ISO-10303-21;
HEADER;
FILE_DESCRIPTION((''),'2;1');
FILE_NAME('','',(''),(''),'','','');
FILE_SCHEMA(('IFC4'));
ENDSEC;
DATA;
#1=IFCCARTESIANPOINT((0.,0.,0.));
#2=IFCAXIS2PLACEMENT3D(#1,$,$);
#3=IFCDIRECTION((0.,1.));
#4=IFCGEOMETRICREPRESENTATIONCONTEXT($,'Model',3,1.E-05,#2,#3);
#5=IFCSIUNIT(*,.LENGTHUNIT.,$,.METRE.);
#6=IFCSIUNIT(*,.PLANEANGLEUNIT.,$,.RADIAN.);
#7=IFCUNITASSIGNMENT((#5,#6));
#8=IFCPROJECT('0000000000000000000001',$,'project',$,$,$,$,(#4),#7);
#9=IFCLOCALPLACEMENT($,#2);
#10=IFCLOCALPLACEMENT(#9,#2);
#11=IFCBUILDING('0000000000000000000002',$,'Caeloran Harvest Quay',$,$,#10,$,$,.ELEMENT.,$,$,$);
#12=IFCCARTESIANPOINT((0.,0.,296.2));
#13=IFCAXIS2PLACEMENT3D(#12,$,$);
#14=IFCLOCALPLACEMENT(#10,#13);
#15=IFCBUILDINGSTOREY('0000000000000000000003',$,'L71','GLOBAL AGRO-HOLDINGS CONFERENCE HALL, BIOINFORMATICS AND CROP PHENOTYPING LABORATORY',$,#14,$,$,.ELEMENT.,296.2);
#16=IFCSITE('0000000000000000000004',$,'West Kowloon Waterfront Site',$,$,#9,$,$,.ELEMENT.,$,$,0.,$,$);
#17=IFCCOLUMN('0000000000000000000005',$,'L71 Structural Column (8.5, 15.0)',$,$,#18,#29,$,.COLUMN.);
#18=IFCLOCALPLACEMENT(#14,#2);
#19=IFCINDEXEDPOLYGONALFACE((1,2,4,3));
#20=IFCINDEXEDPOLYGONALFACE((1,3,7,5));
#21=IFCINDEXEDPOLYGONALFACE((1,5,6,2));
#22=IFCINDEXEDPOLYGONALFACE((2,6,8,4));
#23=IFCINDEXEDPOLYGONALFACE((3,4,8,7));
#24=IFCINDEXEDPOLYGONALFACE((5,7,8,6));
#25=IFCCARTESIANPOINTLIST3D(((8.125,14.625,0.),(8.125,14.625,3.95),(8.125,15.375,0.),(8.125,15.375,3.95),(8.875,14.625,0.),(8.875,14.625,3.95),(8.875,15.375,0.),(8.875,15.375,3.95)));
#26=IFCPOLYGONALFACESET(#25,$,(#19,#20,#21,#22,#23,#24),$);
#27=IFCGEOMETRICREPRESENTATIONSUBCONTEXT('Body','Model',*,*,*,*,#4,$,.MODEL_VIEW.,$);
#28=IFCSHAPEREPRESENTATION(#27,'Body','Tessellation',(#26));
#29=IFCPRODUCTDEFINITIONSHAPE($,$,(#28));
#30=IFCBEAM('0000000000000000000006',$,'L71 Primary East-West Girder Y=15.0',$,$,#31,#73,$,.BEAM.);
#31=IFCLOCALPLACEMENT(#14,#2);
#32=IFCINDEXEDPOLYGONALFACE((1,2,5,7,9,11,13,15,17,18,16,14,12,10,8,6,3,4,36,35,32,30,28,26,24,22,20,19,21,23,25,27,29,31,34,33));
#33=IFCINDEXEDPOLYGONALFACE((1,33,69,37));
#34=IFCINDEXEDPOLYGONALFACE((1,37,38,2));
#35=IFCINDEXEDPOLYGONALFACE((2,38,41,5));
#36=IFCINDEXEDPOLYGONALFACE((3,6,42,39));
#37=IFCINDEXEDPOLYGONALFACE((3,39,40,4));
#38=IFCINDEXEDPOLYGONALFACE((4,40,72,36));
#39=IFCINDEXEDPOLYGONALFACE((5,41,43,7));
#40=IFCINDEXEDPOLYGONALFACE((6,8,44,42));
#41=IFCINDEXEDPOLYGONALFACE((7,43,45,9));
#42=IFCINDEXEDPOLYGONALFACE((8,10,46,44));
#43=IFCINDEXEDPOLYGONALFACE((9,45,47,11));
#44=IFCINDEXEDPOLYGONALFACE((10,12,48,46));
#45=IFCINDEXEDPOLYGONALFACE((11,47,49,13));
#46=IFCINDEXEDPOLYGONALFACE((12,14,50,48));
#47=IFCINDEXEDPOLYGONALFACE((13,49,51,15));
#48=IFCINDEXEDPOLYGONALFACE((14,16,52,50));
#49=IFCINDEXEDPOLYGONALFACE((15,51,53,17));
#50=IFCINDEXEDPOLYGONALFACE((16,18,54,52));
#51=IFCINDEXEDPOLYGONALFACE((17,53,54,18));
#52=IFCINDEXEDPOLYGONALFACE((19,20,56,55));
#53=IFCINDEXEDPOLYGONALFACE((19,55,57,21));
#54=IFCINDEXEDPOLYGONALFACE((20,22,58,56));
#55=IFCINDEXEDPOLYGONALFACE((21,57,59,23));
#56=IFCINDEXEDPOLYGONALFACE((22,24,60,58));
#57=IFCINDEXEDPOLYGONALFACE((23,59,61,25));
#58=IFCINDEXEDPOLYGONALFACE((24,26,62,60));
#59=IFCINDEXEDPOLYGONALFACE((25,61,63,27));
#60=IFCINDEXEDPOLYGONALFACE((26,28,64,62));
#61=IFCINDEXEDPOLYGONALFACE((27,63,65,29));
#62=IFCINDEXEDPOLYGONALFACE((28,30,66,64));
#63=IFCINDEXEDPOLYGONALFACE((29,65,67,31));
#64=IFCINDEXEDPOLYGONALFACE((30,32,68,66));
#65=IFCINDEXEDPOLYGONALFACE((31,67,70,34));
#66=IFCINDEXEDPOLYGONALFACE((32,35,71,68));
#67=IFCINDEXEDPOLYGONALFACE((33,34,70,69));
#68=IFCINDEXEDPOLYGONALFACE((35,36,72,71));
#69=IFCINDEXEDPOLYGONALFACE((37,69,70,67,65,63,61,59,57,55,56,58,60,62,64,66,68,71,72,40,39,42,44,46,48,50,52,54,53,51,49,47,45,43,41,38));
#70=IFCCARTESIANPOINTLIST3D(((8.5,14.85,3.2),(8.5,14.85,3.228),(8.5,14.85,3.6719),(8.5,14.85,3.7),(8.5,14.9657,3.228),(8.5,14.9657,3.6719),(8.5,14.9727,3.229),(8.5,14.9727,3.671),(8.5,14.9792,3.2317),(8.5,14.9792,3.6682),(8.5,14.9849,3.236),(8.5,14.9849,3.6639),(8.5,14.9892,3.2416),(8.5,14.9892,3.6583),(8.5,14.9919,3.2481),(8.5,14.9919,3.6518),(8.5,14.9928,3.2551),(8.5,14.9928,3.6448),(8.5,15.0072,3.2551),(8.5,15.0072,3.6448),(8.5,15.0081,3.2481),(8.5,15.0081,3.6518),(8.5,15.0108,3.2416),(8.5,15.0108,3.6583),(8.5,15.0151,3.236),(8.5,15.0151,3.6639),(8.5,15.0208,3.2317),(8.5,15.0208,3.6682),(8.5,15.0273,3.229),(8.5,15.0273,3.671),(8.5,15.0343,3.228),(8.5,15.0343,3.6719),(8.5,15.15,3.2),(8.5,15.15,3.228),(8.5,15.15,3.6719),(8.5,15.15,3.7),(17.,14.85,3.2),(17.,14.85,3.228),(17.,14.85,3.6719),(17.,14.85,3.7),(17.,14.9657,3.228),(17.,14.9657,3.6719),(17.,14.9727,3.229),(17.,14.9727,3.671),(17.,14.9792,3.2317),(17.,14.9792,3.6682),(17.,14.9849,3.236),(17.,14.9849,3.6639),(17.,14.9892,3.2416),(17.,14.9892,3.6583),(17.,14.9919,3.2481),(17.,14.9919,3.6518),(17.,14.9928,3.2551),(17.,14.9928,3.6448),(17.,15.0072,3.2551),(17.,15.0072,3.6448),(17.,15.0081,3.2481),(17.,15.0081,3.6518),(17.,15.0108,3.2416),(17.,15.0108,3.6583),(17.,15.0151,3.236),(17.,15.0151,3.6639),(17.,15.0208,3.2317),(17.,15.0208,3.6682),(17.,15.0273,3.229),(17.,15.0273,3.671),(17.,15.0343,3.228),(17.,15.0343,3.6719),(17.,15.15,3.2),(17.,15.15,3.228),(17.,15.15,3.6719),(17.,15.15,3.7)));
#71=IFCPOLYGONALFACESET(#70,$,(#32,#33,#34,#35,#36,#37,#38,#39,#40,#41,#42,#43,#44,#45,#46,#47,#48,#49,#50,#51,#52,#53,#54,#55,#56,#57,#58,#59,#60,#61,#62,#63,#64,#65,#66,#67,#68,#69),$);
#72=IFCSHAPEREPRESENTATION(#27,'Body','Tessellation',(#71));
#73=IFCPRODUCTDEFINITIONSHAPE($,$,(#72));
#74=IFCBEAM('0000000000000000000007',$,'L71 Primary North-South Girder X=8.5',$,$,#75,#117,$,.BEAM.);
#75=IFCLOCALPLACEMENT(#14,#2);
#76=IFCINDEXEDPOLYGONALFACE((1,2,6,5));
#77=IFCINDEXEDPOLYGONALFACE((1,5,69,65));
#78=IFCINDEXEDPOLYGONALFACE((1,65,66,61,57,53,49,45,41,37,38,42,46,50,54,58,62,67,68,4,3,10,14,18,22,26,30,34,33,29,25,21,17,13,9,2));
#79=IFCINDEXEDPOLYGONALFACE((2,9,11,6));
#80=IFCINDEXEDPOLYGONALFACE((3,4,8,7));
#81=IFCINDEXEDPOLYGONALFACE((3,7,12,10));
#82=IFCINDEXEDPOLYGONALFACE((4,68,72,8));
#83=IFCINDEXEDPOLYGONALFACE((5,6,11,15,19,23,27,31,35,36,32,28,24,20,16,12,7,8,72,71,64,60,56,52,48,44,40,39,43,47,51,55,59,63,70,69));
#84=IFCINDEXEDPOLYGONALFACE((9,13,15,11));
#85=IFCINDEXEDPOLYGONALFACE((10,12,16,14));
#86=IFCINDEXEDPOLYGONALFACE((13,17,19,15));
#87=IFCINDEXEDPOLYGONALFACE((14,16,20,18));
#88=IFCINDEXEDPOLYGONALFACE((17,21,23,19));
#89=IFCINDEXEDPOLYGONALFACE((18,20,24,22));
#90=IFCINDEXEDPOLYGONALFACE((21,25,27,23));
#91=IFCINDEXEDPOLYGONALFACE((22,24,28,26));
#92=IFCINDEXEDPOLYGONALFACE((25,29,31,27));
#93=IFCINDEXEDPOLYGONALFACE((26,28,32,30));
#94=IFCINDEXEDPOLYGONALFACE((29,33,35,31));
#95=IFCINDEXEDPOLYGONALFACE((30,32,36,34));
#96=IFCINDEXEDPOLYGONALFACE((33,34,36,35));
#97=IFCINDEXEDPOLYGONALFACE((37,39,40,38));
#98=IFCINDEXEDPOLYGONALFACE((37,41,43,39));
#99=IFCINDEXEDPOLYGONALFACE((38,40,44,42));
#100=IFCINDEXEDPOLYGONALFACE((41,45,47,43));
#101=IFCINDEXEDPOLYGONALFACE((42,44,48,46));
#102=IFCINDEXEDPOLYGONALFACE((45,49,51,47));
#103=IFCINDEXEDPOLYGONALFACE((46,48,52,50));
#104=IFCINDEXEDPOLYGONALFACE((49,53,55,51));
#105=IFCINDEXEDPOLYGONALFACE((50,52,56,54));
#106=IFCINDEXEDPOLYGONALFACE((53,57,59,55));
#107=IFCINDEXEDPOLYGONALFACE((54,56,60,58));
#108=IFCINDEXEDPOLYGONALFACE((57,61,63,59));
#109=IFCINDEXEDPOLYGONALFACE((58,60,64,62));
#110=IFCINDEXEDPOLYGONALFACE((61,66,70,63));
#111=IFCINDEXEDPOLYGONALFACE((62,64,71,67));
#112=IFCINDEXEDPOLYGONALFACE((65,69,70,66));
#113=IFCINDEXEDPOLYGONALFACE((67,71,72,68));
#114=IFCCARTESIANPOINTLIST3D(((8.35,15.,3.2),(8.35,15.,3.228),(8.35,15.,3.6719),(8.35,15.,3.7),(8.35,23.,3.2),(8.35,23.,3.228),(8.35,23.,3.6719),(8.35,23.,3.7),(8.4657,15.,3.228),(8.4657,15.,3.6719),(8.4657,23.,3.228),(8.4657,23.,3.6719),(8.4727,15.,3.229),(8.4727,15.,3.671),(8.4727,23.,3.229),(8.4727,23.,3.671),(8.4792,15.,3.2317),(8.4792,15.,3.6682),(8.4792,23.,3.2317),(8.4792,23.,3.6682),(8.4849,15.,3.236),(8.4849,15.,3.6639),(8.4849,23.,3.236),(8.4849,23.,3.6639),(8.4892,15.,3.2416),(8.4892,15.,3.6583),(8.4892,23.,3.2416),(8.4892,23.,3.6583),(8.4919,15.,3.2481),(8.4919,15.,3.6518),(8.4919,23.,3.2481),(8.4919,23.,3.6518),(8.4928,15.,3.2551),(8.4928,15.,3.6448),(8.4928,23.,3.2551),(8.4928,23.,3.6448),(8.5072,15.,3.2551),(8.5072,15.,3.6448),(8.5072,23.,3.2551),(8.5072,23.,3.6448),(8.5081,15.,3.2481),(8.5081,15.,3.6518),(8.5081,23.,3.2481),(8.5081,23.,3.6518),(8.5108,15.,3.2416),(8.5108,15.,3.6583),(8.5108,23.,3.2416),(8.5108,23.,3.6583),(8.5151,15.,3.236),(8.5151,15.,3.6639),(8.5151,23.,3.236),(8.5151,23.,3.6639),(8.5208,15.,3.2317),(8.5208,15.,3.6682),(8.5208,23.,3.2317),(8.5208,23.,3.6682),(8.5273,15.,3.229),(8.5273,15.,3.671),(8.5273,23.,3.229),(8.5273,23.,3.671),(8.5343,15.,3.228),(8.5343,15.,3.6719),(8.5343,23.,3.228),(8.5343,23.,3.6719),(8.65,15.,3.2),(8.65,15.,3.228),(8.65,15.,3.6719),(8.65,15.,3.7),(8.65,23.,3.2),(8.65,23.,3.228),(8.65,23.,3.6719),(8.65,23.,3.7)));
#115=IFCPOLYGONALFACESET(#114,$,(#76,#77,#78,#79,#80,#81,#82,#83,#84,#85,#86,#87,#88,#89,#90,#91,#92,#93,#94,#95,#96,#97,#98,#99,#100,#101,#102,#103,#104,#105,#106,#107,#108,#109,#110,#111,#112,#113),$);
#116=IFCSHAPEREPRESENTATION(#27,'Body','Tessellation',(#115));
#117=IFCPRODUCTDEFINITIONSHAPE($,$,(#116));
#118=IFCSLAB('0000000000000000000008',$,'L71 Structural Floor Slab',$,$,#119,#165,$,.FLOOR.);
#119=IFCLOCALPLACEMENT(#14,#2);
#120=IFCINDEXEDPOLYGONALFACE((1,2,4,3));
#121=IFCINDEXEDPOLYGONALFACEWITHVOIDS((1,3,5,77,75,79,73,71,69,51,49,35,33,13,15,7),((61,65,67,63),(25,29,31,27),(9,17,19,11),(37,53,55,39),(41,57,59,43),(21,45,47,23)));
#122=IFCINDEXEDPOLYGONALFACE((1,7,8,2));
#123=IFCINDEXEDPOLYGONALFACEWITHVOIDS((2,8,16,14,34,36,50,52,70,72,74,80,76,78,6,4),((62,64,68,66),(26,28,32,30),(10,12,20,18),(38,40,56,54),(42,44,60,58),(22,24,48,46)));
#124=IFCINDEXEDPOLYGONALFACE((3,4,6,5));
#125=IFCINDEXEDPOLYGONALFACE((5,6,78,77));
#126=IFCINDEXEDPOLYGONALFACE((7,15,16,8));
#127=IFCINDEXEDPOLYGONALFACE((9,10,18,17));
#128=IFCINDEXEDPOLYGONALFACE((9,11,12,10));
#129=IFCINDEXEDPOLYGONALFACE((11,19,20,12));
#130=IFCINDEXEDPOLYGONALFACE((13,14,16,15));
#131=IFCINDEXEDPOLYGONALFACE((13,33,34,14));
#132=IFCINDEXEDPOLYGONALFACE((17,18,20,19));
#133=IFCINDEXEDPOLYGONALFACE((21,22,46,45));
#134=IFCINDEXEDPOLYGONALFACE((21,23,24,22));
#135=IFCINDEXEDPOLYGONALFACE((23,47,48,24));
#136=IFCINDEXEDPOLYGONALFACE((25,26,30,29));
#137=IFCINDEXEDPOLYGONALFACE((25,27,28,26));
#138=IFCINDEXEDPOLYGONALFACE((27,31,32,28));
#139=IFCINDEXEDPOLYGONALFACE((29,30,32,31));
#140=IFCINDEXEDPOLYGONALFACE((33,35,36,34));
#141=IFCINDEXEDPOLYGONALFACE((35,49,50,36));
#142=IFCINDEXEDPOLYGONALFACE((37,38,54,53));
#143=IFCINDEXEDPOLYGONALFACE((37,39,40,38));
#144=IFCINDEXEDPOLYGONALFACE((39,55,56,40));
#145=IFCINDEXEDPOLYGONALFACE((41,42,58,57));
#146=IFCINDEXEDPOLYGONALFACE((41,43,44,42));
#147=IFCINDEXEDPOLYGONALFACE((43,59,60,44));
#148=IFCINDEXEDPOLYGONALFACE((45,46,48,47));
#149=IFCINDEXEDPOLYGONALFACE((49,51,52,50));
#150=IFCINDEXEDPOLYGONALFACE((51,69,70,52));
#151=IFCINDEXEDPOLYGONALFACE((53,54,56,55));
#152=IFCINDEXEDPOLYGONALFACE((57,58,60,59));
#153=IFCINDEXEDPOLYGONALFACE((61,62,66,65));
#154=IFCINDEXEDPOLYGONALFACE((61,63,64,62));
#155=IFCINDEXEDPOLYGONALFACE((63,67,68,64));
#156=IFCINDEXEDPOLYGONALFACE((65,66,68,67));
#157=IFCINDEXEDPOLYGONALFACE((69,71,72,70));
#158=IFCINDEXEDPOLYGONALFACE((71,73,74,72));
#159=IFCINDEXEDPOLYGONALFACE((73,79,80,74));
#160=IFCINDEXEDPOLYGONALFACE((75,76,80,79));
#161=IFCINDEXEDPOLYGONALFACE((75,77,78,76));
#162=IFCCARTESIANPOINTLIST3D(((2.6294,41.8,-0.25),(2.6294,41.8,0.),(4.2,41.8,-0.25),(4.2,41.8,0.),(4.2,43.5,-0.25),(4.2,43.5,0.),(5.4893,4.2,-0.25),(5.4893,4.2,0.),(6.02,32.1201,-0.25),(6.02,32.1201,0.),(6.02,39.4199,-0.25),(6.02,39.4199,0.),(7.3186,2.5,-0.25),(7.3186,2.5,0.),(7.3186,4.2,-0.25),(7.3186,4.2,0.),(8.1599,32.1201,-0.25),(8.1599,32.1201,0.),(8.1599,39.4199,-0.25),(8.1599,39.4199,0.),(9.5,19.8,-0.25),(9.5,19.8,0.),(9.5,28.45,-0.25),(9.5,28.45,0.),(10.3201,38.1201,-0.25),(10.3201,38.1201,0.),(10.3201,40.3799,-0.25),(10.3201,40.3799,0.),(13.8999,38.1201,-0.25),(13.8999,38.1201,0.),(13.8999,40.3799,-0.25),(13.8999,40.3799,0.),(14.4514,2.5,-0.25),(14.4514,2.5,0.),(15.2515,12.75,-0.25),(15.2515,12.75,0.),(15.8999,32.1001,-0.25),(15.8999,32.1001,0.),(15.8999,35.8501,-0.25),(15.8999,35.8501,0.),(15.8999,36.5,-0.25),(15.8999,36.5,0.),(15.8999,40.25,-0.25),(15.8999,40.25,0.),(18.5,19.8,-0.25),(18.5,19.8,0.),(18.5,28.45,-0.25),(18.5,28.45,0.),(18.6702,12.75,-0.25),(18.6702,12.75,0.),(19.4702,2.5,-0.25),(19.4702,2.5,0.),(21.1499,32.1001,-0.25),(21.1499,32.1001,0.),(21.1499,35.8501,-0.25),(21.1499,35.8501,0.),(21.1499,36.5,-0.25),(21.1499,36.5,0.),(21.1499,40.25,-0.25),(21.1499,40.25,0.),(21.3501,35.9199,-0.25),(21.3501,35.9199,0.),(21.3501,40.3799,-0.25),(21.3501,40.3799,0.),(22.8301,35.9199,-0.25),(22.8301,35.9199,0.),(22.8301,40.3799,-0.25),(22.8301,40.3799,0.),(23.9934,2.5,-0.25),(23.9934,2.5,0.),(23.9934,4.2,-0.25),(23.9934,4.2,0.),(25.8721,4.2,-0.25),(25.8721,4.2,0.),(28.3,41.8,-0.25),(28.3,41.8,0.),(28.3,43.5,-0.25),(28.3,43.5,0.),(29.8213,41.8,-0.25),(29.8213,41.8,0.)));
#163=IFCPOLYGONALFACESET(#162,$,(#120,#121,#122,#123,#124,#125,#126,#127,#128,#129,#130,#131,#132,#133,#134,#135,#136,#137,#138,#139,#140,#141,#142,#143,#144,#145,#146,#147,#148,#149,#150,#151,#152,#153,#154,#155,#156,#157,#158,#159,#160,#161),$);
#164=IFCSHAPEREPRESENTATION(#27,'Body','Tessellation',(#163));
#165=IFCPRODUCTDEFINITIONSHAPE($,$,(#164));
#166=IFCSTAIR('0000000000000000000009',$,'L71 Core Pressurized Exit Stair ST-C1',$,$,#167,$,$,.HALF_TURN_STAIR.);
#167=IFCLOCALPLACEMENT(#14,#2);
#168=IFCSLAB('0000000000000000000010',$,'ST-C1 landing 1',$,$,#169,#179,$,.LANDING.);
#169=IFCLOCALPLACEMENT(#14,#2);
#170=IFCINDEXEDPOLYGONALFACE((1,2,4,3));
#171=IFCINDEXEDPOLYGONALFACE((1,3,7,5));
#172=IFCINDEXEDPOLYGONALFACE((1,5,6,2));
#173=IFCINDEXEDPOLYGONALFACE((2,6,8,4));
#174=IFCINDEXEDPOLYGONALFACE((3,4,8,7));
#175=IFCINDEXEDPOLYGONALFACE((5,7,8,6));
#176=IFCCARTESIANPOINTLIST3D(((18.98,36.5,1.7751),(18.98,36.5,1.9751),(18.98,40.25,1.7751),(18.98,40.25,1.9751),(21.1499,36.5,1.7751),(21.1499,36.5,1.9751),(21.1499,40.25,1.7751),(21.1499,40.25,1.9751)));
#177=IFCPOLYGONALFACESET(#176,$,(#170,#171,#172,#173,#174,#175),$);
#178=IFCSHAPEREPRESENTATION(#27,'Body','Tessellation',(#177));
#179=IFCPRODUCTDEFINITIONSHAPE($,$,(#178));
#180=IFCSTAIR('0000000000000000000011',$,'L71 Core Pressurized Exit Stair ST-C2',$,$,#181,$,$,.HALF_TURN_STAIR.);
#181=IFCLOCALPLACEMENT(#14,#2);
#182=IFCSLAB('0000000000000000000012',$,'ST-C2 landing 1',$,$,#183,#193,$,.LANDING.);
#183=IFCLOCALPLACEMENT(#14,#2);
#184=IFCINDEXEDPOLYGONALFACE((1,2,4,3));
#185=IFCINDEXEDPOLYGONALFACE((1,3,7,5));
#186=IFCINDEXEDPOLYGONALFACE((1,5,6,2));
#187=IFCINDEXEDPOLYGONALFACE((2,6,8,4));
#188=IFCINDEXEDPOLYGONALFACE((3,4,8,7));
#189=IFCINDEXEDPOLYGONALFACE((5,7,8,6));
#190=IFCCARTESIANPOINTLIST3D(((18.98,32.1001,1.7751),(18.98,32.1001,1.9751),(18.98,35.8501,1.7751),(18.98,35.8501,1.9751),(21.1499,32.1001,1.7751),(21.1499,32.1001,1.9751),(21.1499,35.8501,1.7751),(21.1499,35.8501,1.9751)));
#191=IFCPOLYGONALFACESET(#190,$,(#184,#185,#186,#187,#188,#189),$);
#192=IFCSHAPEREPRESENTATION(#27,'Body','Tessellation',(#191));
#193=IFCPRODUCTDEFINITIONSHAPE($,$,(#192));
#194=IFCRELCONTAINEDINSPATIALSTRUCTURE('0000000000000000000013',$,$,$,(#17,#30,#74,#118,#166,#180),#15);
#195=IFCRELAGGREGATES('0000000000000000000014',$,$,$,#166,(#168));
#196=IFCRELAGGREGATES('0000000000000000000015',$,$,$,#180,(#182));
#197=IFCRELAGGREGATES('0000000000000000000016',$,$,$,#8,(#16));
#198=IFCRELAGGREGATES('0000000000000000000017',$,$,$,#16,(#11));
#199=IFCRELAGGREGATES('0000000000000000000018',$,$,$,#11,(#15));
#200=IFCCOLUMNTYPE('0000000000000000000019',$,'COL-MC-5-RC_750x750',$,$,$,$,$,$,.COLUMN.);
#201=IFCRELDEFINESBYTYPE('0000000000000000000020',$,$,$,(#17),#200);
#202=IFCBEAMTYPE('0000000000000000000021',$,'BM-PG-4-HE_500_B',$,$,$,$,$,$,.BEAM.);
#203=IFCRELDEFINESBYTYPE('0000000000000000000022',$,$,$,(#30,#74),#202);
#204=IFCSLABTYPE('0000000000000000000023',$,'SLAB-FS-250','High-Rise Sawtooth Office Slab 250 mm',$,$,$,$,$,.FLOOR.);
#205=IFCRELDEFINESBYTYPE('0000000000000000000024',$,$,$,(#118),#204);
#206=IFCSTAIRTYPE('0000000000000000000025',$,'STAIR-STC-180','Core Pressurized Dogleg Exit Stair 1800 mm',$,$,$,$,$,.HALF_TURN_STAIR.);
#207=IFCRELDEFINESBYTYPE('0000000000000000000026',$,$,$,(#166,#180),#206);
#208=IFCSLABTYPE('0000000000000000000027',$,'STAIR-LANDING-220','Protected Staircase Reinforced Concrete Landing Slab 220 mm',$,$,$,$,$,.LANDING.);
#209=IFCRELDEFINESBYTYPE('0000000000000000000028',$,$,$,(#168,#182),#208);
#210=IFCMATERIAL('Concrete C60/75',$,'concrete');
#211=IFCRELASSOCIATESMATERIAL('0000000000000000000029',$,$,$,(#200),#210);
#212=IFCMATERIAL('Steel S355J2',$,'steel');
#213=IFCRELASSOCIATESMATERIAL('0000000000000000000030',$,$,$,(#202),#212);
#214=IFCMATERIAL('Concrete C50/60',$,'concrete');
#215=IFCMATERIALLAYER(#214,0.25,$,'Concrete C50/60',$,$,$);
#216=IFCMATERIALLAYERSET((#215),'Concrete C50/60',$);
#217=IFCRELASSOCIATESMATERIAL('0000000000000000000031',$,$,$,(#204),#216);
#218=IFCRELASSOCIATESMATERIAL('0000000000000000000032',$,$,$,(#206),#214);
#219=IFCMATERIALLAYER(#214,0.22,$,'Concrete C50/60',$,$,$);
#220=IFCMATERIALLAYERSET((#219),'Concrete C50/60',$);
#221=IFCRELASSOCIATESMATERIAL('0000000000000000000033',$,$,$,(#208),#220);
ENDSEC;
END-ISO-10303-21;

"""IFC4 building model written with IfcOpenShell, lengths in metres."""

from ifc_helpers import new_model, si_unit, direction, frame, origin, origin_2d, place, context, subcontext, project, spatial, polyline, rectangle, i_section, outline, extrude, material, layer, layer_set, material_profile, profile_set, type_object, element, aggregate, save


model = new_model("IFC4")

# Units and contexts
model_context = context("Model", 3, precision=1e-05, world=origin(), true_north=direction((0.0, 1.0)))
body_context = subcontext(model_context, "Body", "Model", "MODEL_VIEW")
ifc_project = project(units=[si_unit("LENGTHUNIT", "METRE"), si_unit("PLANEANGLEUNIT", "RADIAN")], contexts=[model_context])

# Site, building, storey
site_placement = place(None, origin())
site = spatial("IfcSite", under=ifc_project, at=site_placement, Name="West Kowloon Waterfront Site", CompositionType="ELEMENT", RefElevation=0.0)
building_placement = place(site_placement, origin())
building = spatial("IfcBuilding", under=site, at=building_placement, Name="Caeloran Harvest Quay", CompositionType="ELEMENT")
storey_placement = place(building_placement, frame((0.0, 0.0, 296.2)))
storey = spatial("IfcBuildingStorey", under=building, at=storey_placement, Name="L71", Description="GLOBAL AGRO-HOLDINGS CONFERENCE HALL, BIOINFORMATICS AND CROP PHENOTYPING LABORATORY", CompositionType="ELEMENT", Elevation=296.2)

# Column
ifc_material_1 = material(Name="Concrete C60/75", Category="concrete")
ifc_material_profile_1 = material_profile(ifc_material_1, rectangle(XDim=0.75, YDim=0.75, at=origin_2d()), Name="RC 750x750")
ifc_profile_set_1 = profile_set([ifc_material_profile_1], Name="Concrete C60/75")
column_type = type_object("IfcColumnType", Name="COL-MC-5-RC_750x750", PredefinedType="COLUMN", material=ifc_profile_set_1)
column_placement = place(storey_placement, frame((8.5, 15.0, 0.0), z_axis=(0.0, 0.0, 1.0), x_axis=(1.0, 0.0, 0.0)))
element("IfcColumn", 1, at=column_placement, inside=storey, type_object=column_type, Name="L71 Structural Column (8.5, 15.0)", PredefinedType="COLUMN", context=body_context, shape_type="SweptSolid", body=[
    extrude(rectangle(XDim=0.75, YDim=0.75, at=origin_2d()), origin(), (0.0, 0.0, 1.0), 3.95),
])

# Beams
ifc_material_2 = material(Name="Steel S355J2", Category="steel")
ifc_material_profile_2 = material_profile(ifc_material_2, i_section(OverallWidth=0.3, OverallDepth=0.5, WebThickness=0.0144, FlangeThickness=0.0281, FilletRadius=0.0271, at=origin_2d()), Name="HE 500 B")
ifc_profile_set_2 = profile_set([ifc_material_profile_2], Name="Steel S355J2")
beam_type = type_object("IfcBeamType", Name="BM-PG-4-HE_500_B", PredefinedType="BEAM", material=ifc_profile_set_2)
beam_1_placement = place(storey_placement, frame((8.5, 15.0, 3.45), z_axis=(1.0, 0.0, 0.0), x_axis=(0.0, 1.0, 0.0)))
element("IfcBeam", 2, at=beam_1_placement, inside=storey, type_object=beam_type, Name="L71 Primary East-West Girder Y=15.0", PredefinedType="BEAM", context=body_context, shape_type="SweptSolid", body=[
    extrude(i_section(OverallWidth=0.3, OverallDepth=0.5, WebThickness=0.0144, FlangeThickness=0.0281, FilletRadius=0.0271, at=origin_2d()), origin(), (0.0, 0.0, 1.0), 8.5),
])
beam_2_placement = place(storey_placement, frame((8.5, 15.0, 3.45), z_axis=(0.0, 1.0, 0.0), x_axis=(-1.0, 0.0, 0.0)))
element("IfcBeam", 3, at=beam_2_placement, inside=storey, type_object=beam_type, Name="L71 Primary North-South Girder X=8.5", PredefinedType="BEAM", context=body_context, shape_type="SweptSolid", body=[
    extrude(i_section(OverallWidth=0.3, OverallDepth=0.5, WebThickness=0.0144, FlangeThickness=0.0281, FilletRadius=0.0271, at=origin_2d()), origin(), (0.0, 0.0, 1.0), 8.0),
])

# Slab
ifc_material_3 = material(Name="Concrete C50/60", Category="concrete")
ifc_layer_1 = layer(ifc_material_3, 0.25, Name="Concrete C50/60")
ifc_layer_set_1 = layer_set([ifc_layer_1], Name="Concrete C50/60")
slab_type_1 = type_object("IfcSlabType", Name="SLAB-FS-250", Description="High-Rise Sawtooth Office Slab 250 mm", PredefinedType="FLOOR", material=ifc_layer_set_1)
slab_1_placement = place(storey_placement, frame((0.0, 0.0, -0.25)))
element("IfcSlab", 4, at=slab_1_placement, inside=storey, type_object=slab_type_1, Name="L71 Structural Floor Slab", PredefinedType="FLOOR", context=body_context, shape_type="SweptSolid", body=[
    extrude(outline(polyline([(7.3186, 2.5), (14.4514, 2.5), (15.2515, 12.75), (18.6702, 12.75), (19.4702, 2.5), (23.9934, 2.5), (23.9934, 4.2), (25.8721, 4.2), (29.8213, 41.8), (28.3, 41.8), (28.3, 43.5), (4.2, 43.5), (4.2, 41.8), (2.6294, 41.8), (5.4893, 4.2), (7.3186, 4.2), (7.3186, 2.5)]), holes=[polyline([(18.5, 28.45), (18.5, 19.8), (9.5, 19.8), (9.5, 28.45), (18.5, 28.45)]), polyline([(15.8999, 32.1001), (15.8999, 35.8501), (21.1499, 35.8501), (21.1499, 32.1001), (15.8999, 32.1001)]), polyline([(8.1599, 32.1201), (6.02, 32.1201), (6.02, 39.4199), (8.1599, 39.4199), (8.1599, 32.1201)]), polyline([(22.8301, 40.3799), (22.8301, 35.9199), (21.3501, 35.9199), (21.3501, 40.3799), (22.8301, 40.3799)]), polyline([(15.8999, 36.5), (15.8999, 40.25), (21.1499, 40.25), (21.1499, 36.5), (15.8999, 36.5)]), polyline([(13.8999, 38.1201), (10.3201, 38.1201), (10.3201, 40.3799), (13.8999, 40.3799), (13.8999, 38.1201)])]), origin(), (0.0, 0.0, 1.0), 0.25),
])

# Stairs, slabs
stair_type = type_object("IfcStairType", Name="STAIR-STC-180", Description="Core Pressurized Dogleg Exit Stair 1800 mm", PredefinedType="HALF_TURN_STAIR", material=ifc_material_3)
stair_1_placement = place(storey_placement, origin())
stair_1 = element("IfcStair", 5, at=stair_1_placement, inside=storey, type_object=stair_type, Name="L71 Core Pressurized Exit Stair ST-C1", PredefinedType="HALF_TURN_STAIR")
ifc_layer_2 = layer(ifc_material_3, 0.22, Name="Concrete C50/60")
ifc_layer_set_2 = layer_set([ifc_layer_2], Name="Concrete C50/60")
slab_type_2 = type_object("IfcSlabType", Name="STAIR-LANDING-220", Description="Protected Staircase Reinforced Concrete Landing Slab 220 mm", PredefinedType="LANDING", material=ifc_layer_set_2)
slab_2_placement = place(storey_placement, frame((0.0, 0.0, 1.7751)))
slab_2 = element("IfcSlab", 6, at=slab_2_placement, type_object=slab_type_2, Name="ST-C1 landing 1", PredefinedType="LANDING", context=body_context, shape_type="SweptSolid", body=[
    extrude(outline(polyline([(18.98, 36.5), (21.1499, 36.5), (21.1499, 40.25), (18.98, 40.25), (18.98, 36.5)])), origin(), (0.0, 0.0, 1.0), 0.2),
])
aggregate(stair_1, [slab_2])
stair_2_placement = place(storey_placement, origin())
stair_2 = element("IfcStair", 7, at=stair_2_placement, inside=storey, type_object=stair_type, Name="L71 Core Pressurized Exit Stair ST-C2", PredefinedType="HALF_TURN_STAIR")
slab_3_placement = place(storey_placement, frame((0.0, 0.0, 1.7751)))
slab_3 = element("IfcSlab", 8, at=slab_3_placement, type_object=slab_type_2, Name="ST-C2 landing 1", PredefinedType="LANDING", context=body_context, shape_type="SweptSolid", body=[
    extrude(outline(polyline([(18.98, 32.1001), (21.1499, 32.1001), (21.1499, 35.8501), (18.98, 35.8501), (18.98, 32.1001)])), origin(), (0.0, 0.0, 1.0), 0.2),
])
aggregate(stair_2, [slab_3])

save(model, "model.ifc")
